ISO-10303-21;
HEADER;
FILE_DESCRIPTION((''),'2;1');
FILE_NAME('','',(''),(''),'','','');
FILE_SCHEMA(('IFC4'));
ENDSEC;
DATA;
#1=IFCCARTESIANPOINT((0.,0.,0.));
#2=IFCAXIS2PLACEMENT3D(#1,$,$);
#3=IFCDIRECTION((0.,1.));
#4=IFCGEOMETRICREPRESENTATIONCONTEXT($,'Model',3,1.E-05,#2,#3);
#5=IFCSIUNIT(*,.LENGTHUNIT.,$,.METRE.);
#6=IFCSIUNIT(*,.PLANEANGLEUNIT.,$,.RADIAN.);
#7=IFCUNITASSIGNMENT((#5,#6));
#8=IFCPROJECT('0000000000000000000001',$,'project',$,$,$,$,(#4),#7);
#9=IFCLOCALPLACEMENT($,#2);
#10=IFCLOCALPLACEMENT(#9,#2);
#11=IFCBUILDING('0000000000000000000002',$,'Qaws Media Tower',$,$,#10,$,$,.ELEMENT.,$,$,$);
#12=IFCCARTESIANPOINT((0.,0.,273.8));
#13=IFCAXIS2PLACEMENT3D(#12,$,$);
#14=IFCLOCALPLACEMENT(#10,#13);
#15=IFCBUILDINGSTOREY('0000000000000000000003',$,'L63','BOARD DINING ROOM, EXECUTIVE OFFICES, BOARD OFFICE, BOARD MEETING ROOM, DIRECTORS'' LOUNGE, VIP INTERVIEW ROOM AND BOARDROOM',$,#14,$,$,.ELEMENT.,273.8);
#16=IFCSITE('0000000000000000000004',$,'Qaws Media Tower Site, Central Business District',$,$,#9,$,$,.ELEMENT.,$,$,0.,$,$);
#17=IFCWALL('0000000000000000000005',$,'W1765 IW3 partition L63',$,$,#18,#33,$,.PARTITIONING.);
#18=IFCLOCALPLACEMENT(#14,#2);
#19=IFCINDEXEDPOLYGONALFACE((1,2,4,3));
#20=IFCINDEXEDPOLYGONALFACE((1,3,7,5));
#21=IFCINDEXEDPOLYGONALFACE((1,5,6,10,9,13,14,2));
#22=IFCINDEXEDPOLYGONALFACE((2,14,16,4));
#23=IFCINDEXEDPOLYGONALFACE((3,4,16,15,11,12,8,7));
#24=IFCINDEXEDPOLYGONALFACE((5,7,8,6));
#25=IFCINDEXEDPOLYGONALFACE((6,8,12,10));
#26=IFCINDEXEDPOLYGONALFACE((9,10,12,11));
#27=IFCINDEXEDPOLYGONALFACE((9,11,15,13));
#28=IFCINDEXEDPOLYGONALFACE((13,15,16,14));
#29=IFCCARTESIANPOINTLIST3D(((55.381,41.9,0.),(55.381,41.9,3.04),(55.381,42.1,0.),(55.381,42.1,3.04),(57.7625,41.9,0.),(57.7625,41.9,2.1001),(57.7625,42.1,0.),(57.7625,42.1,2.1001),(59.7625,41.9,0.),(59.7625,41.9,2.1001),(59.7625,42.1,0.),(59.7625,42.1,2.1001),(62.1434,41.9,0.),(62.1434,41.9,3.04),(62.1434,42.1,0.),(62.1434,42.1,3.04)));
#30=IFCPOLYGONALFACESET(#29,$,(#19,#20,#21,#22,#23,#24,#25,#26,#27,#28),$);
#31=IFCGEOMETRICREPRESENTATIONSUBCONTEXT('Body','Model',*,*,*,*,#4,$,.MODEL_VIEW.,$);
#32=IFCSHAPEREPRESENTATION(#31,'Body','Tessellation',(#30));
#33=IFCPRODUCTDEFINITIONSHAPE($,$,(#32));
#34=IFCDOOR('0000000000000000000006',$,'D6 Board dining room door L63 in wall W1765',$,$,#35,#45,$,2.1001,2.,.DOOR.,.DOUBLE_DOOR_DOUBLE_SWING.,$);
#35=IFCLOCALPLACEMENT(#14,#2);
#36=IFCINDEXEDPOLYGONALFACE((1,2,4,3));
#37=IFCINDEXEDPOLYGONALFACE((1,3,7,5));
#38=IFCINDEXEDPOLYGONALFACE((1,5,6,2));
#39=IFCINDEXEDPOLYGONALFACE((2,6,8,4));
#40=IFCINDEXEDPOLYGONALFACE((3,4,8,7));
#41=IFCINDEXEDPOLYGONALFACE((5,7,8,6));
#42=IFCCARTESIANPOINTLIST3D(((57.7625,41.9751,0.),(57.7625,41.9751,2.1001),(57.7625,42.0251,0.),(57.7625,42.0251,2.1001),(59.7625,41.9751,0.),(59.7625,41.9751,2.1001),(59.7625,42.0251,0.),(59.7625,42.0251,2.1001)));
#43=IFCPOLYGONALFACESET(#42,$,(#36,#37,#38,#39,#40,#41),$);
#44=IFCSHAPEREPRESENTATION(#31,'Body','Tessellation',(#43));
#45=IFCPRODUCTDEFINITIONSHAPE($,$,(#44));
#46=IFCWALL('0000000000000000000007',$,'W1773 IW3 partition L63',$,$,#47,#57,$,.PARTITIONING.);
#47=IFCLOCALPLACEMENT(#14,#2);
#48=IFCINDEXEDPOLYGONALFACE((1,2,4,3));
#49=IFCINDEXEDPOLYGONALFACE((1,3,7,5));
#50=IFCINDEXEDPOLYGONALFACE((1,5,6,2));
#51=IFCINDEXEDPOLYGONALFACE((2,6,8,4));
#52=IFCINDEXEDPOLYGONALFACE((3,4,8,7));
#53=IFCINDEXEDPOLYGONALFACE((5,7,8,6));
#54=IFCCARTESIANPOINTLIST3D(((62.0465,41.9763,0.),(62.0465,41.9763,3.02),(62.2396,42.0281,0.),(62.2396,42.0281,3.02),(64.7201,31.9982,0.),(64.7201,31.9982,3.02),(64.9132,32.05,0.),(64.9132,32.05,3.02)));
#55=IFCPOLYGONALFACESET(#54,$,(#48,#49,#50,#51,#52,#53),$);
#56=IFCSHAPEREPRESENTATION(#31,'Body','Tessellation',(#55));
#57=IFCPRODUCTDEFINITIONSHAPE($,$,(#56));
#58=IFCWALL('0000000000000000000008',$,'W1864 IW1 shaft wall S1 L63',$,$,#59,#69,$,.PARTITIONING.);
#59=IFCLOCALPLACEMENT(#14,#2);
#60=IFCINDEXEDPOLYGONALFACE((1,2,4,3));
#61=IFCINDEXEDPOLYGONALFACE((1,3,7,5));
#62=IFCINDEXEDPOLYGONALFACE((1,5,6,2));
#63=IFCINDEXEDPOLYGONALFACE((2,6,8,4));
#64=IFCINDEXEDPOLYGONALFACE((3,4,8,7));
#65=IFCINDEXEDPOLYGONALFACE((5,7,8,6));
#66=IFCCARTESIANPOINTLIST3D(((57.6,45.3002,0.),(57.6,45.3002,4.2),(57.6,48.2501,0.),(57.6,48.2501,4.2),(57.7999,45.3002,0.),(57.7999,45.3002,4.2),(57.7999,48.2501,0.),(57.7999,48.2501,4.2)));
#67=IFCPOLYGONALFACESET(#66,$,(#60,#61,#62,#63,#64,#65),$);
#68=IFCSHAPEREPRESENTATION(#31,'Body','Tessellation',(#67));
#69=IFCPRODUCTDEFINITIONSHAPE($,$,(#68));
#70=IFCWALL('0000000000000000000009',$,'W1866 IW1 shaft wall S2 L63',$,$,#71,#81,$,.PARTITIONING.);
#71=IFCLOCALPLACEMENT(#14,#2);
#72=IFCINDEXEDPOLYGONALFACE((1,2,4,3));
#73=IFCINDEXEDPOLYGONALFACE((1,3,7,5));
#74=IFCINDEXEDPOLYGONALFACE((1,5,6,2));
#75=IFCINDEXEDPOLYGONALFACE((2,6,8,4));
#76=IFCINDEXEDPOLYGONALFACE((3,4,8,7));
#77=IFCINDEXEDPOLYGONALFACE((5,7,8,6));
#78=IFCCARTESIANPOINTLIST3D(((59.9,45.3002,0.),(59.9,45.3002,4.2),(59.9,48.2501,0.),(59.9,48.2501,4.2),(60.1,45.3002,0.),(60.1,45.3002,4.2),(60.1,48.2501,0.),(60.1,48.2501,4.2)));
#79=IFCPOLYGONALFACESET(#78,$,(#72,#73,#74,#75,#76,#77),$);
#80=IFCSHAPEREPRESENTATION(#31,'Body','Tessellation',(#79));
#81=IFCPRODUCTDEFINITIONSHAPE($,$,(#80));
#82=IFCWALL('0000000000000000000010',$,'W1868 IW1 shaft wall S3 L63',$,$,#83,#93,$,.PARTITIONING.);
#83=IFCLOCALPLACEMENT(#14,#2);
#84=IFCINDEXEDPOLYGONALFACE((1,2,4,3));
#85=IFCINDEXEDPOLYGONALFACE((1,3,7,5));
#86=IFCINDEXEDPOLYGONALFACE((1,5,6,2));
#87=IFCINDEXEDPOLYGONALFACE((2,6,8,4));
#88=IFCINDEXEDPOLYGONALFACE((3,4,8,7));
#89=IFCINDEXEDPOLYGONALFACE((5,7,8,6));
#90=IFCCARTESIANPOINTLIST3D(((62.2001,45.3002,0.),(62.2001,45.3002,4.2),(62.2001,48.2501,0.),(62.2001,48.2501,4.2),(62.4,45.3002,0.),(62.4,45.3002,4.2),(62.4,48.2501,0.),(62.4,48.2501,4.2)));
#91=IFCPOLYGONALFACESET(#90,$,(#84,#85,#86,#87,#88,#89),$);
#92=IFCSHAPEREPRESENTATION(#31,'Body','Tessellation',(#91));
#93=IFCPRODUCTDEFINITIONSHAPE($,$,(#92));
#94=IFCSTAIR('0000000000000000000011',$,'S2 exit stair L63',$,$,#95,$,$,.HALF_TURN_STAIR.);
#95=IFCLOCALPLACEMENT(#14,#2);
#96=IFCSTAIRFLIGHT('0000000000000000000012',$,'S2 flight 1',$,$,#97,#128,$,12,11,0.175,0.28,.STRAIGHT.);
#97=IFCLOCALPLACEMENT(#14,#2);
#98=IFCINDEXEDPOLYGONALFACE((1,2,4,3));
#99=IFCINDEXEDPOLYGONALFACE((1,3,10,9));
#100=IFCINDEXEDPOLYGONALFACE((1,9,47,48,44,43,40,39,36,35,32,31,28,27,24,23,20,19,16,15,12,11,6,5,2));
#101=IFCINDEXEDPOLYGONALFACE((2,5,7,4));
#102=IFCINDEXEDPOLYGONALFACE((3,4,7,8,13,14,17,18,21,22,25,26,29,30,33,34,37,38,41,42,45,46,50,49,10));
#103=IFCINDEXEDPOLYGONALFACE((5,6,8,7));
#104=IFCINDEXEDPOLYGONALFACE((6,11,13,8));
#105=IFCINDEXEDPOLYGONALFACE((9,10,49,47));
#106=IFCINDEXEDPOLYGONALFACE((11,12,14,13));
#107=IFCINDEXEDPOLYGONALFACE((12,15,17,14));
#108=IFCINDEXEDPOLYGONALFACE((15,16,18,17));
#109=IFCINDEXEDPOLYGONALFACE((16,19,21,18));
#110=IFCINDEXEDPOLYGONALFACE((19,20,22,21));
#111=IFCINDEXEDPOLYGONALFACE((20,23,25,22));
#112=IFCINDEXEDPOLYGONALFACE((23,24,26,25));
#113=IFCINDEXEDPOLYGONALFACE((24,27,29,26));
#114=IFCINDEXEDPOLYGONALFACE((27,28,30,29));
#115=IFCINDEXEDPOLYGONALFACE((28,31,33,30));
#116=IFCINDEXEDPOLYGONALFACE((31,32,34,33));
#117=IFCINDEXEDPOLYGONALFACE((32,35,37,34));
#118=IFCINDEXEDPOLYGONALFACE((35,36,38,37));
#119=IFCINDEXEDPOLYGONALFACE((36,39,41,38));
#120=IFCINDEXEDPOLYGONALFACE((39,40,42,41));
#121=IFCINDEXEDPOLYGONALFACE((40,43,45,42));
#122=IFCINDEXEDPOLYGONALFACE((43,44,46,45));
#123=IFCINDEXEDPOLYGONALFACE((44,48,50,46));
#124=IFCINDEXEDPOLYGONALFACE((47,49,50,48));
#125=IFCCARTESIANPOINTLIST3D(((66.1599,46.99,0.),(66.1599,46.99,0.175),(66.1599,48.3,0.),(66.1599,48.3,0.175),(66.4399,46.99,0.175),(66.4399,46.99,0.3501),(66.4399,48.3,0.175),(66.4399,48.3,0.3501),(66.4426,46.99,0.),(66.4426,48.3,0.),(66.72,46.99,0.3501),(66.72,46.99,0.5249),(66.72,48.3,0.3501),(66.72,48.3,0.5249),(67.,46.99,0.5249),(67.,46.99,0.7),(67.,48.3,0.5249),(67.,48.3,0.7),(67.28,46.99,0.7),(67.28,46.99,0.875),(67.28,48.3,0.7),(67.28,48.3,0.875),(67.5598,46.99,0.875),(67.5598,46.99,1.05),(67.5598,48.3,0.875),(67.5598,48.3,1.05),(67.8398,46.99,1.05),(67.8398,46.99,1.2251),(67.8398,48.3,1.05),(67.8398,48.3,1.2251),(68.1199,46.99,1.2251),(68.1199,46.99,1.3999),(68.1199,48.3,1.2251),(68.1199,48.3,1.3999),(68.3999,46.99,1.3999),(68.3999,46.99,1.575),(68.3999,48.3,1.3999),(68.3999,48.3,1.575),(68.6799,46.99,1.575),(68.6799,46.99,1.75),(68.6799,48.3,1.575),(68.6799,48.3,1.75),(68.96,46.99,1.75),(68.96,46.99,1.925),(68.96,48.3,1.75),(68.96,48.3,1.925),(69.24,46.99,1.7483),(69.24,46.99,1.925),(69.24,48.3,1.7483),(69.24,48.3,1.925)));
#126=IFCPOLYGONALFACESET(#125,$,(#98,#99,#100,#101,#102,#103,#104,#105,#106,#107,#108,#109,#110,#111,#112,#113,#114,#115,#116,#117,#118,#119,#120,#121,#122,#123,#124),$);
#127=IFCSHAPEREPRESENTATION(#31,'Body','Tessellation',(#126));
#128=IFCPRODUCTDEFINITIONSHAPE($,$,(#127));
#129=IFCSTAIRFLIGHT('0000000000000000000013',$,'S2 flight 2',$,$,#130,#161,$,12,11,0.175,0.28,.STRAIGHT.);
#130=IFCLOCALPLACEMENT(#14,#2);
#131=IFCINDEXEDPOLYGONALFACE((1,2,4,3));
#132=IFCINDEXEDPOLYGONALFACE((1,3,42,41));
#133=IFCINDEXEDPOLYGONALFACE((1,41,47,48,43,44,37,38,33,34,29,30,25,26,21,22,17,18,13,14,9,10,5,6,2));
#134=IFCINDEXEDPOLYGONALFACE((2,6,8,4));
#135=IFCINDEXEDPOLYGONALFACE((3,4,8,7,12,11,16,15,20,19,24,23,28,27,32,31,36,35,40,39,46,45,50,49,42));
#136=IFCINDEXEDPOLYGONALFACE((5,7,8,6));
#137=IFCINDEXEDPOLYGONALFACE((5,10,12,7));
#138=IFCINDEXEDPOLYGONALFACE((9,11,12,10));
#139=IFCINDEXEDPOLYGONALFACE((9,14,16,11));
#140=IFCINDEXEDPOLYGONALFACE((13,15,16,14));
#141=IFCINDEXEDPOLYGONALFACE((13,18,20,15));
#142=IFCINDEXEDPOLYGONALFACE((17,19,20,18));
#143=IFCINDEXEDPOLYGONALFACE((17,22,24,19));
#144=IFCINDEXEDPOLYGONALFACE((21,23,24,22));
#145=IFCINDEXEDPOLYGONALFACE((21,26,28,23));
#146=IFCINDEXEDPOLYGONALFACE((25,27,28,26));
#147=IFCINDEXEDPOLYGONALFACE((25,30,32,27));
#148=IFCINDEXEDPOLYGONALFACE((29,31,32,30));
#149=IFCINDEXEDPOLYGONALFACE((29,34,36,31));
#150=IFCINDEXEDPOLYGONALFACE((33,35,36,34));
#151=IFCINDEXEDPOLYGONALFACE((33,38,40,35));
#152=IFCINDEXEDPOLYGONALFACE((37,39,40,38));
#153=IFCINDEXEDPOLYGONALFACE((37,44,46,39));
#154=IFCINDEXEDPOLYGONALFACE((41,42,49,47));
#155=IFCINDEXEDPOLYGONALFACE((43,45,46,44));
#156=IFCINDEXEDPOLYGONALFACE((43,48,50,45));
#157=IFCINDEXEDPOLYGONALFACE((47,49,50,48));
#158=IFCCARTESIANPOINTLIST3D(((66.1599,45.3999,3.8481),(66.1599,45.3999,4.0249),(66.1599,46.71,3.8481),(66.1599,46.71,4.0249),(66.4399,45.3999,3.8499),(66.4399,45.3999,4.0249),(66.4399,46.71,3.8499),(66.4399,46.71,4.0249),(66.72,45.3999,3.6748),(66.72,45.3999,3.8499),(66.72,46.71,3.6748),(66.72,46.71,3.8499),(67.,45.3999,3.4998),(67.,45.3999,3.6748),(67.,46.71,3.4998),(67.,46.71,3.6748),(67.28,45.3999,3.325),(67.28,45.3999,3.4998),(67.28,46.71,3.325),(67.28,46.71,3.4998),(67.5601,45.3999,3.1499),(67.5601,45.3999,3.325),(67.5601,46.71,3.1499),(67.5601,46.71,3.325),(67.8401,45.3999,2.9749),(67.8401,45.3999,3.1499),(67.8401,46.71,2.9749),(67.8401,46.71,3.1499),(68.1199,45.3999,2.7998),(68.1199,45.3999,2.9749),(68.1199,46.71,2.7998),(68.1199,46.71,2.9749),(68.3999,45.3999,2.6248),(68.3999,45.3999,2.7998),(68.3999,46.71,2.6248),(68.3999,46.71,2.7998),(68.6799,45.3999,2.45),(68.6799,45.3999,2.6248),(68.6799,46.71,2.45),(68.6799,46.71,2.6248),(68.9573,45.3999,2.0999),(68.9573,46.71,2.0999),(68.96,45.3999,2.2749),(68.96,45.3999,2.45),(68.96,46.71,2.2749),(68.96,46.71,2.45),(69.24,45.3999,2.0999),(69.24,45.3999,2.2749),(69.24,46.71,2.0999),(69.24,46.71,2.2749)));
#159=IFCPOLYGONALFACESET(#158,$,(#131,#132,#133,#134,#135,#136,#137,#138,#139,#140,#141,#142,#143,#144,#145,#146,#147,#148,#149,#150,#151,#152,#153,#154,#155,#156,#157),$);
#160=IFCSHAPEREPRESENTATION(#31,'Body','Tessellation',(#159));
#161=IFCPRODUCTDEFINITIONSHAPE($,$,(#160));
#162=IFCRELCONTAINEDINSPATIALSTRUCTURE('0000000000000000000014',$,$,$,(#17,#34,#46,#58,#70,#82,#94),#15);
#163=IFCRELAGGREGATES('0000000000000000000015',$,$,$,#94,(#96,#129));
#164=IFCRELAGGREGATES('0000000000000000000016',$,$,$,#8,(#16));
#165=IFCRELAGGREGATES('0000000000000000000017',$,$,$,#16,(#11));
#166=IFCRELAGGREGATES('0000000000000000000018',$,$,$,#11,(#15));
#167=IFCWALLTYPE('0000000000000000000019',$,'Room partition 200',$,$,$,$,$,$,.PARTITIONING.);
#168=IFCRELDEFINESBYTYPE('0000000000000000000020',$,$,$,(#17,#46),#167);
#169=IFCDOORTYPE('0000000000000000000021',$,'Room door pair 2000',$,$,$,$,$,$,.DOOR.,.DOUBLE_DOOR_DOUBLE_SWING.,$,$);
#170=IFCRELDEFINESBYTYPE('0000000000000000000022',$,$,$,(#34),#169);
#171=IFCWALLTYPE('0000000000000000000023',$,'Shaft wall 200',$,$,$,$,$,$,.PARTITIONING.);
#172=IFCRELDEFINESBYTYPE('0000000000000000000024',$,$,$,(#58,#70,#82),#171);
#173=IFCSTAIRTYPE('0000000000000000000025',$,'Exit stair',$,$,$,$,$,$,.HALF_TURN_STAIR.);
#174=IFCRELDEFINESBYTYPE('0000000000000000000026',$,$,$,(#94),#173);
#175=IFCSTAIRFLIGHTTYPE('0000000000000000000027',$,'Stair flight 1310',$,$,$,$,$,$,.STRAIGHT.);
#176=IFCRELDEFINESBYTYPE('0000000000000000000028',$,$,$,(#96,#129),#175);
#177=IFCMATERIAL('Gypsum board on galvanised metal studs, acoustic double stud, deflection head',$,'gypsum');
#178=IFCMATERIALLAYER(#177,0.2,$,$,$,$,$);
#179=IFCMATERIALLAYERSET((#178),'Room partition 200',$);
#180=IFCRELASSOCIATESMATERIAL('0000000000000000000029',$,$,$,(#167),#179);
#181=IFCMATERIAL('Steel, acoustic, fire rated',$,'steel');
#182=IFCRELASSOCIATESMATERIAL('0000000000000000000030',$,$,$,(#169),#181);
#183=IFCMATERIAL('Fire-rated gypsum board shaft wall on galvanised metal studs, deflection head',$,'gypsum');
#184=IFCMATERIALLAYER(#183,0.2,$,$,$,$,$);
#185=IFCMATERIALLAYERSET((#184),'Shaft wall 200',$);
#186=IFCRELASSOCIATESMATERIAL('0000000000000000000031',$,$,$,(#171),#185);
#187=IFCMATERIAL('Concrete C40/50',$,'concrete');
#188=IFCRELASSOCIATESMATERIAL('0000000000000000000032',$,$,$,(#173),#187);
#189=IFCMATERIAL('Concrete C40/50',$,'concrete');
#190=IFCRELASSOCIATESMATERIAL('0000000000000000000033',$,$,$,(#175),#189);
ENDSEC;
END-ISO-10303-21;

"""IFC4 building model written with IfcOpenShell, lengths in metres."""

from ifc_helpers import new_model, si_unit, direction, frame, frame_2d, origin, place, context, subcontext, project, spatial, polyline, rectangle, outline, extrude, material, layer, layer_set, type_object, element, fill, aggregate, save


model = new_model("IFC4")

# Units and contexts
model_context = context("Model", 3, precision=1e-05, world=origin(), true_north=direction((0.0, 1.0)))
body_context = subcontext(model_context, "Body", "Model", "MODEL_VIEW")
ifc_project = project(units=[si_unit("LENGTHUNIT", "METRE"), si_unit("PLANEANGLEUNIT", "RADIAN")], contexts=[model_context])

# Site, building, storey
site_placement = place(None, origin())
site = spatial("IfcSite", under=ifc_project, at=site_placement, Name="Qaws Media Tower Site, Central Business District", CompositionType="ELEMENT", RefElevation=0.0)
building_placement = place(site_placement, origin())
building = spatial("IfcBuilding", under=site, at=building_placement, Name="Qaws Media Tower", CompositionType="ELEMENT")
storey_placement = place(building_placement, frame((0.0, 0.0, 273.8)))
storey = spatial("IfcBuildingStorey", under=building, at=storey_placement, Name="L63", Description="BOARD DINING ROOM, EXECUTIVE OFFICES, BOARD OFFICE, BOARD MEETING ROOM, DIRECTORS' LOUNGE, VIP INTERVIEW ROOM AND BOARDROOM", CompositionType="ELEMENT", Elevation=273.8)

# Wall, opening, door
ifc_material_1 = material(Name="Gypsum board on galvanised metal studs, acoustic double stud, deflection head", Category="gypsum")
ifc_layer_1 = layer(ifc_material_1, 0.2)
ifc_layer_set_1 = layer_set([ifc_layer_1], Name="Room partition 200")
wall_type_1 = type_object("IfcWallType", Name="Room partition 200", PredefinedType="PARTITIONING", material=ifc_layer_set_1)
ifc_material_2 = material(Name="Steel, acoustic, fire rated", Category="steel")
door_type_1 = type_object("IfcDoorType", Name="Room door pair 2000", OperationType="DOUBLE_DOOR_DOUBLE_SWING", PredefinedType="DOOR", material=ifc_material_2)
wall_1_placement = place(storey_placement, frame((62.1436, 42.0, 0.0), z_axis=(0.0, 0.0, 1.0), x_axis=(-1.0, 0.0, 0.0)))
wall_1 = element("IfcWall", 1, at=wall_1_placement, inside=storey, type_object=wall_type_1, Name="W1765 IW3 partition L63", PredefinedType="PARTITIONING", context=body_context, shape_type="SweptSolid", body=[
    extrude(rectangle(XDim=6.7625, YDim=0.2, at=frame_2d((3.3813, 0.0))), origin(), (0.0, 0.0, 1.0), 3.04),
])
opening_1_placement = place(wall_1_placement, frame((2.3811, 0.0, 0.0)))
opening_1 = element("IfcOpeningElement", 2, at=opening_1_placement, cuts=wall_1, PredefinedType="OPENING", context=body_context, shape_type="SweptSolid", body=[
    extrude(rectangle(XDim=2.0, YDim=2.1001, at=frame_2d((1.0, 1.05))), frame((0.0, 0.1099, 0.0), z_axis=(0.0, -1.0, 0.0), x_axis=(1.0, 0.0, 0.0)), (0.0, 0.0, 1.0), 0.22),
])
door_1_placement = place(opening_1_placement, origin())
door_1 = element("IfcDoor", 3, at=door_1_placement, inside=storey, type_object=door_type_1, Name="D6 Board dining room door L63 in wall W1765", OperationType="DOUBLE_DOOR_DOUBLE_SWING", OverallHeight=2.1001, OverallWidth=2.0, PredefinedType="DOOR", context=body_context, shape_type="SweptSolid", body=[
    extrude(rectangle(XDim=2.0, YDim=2.1001, at=frame_2d((1.0, 1.05))), frame((0.0, 0.0249, 0.0), z_axis=(0.0, -1.0, 0.0), x_axis=(1.0, 0.0, 0.0)), (0.0, 0.0, 1.0), 0.05),
])
fill(opening_1, door_1)

# Walls
wall_2_placement = place(storey_placement, frame((62.1431, 42.0022, 0.0), z_axis=(0.0, 0.0, 1.0), x_axis=(0.258817, -0.965926, 0.0)))
element("IfcWall", 4, at=wall_2_placement, inside=storey, type_object=wall_type_1, Name="W1773 IW3 partition L63", PredefinedType="PARTITIONING", context=body_context, shape_type="SweptSolid", body=[
    extrude(rectangle(XDim=10.3301, YDim=0.2, at=frame_2d((5.165, 0.0))), origin(), (0.0, 0.0, 1.0), 3.02),
])
ifc_material_3 = material(Name="Fire-rated gypsum board shaft wall on galvanised metal studs, deflection head", Category="gypsum")
ifc_layer_2 = layer(ifc_material_3, 0.2)
ifc_layer_set_2 = layer_set([ifc_layer_2], Name="Shaft wall 200")
wall_type_2 = type_object("IfcWallType", Name="Shaft wall 200", PredefinedType="PARTITIONING", material=ifc_layer_set_2)
for number, where, z_axis, x_axis, name in (
    (5, (57.7, 45.3, 0.0), (0.0, 0.0, 1.0), (0.0, 1.0, 0.0), "W1864 IW1 shaft wall S1 L63"),
    (6, (60.0, 45.3, 0.0), (0.0, 0.0, 1.0), (0.0, 1.0, 0.0), "W1866 IW1 shaft wall S2 L63"),
    (7, (62.3, 45.3, 0.0), (0.0, 0.0, 1.0), (0.0, 1.0, 0.0), "W1868 IW1 shaft wall S3 L63"),
):
    element("IfcWall", number, at=place(storey_placement, frame(where, z_axis=z_axis, x_axis=x_axis)), inside=storey, type_object=wall_type_2, Name=name, PredefinedType="PARTITIONING", context=body_context, shape_type="SweptSolid", body=[
        extrude(rectangle(XDim=2.95, YDim=0.2, at=frame_2d((1.4751, 0.0))), origin(), (0.0, 0.0, 1.0), 4.2),
    ])

# Stair, stair flights
ifc_material_4 = material(Name="Concrete C40/50", Category="concrete")
stair_type = type_object("IfcStairType", Name="Exit stair", PredefinedType="HALF_TURN_STAIR", material=ifc_material_4)
stair_placement = place(storey_placement, origin())
stair = element("IfcStair", 8, at=stair_placement, inside=storey, type_object=stair_type, Name="S2 exit stair L63", PredefinedType="HALF_TURN_STAIR")
ifc_material_5 = material(Name="Concrete C40/50", Category="concrete")
stair_flight_type = type_object("IfcStairFlightType", Name="Stair flight 1310", PredefinedType="STRAIGHT", material=ifc_material_5)
stair_flight_1_placement = place(storey_placement, frame((66.1599, 47.645, 0.0), z_axis=(0.0, 0.0, 1.0), x_axis=(1.0, 0.0, 0.0)))
stair_flight_1 = element("IfcStairFlight", 9, at=stair_flight_1_placement, type_object=stair_flight_type, Name="S2 flight 1", NumberOfRisers=12, NumberOfTreads=11, PredefinedType="STRAIGHT", RiserHeight=0.175, TreadLength=0.28, context=body_context, shape_type="SweptSolid", body=[
    extrude(outline(polyline([(0.0, 0.0), (0.0, 0.175), (0.28, 0.175), (0.28, 0.3501), (0.5601, 0.3501), (0.5601, 0.5249), (0.8401, 0.5249), (0.8401, 0.7), (1.1201, 0.7), (1.1201, 0.875), (1.3999, 0.875), (1.3999, 1.05), (1.6799, 1.05), (1.6799, 1.2251), (1.96, 1.2251), (1.96, 1.3999), (2.24, 1.3999), (2.24, 1.575), (2.52, 1.575), (2.52, 1.75), (2.8, 1.75), (2.8, 1.925), (3.0801, 1.925), (3.0801, 2.1001), (3.0801, 1.7483), (0.2827, 0.0), (0.0, 0.0)])), frame((0.0, 0.655, 0.0), z_axis=(0.0, -1.0, 0.0), x_axis=(1.0, 0.0, 0.0)), (0.0, 0.0, 1.0), 1.3101),
])
stair_flight_2_placement = place(storey_placement, frame((69.24, 46.0549, 2.0999), z_axis=(0.0, 0.0, 1.0), x_axis=(-1.0, 0.0, 0.0)))
stair_flight_2 = element("IfcStairFlight", 10, at=stair_flight_2_placement, type_object=stair_flight_type, Name="S2 flight 2", NumberOfRisers=12, NumberOfTreads=11, PredefinedType="STRAIGHT", RiserHeight=0.175, TreadLength=0.28, context=body_context, shape_type="SweptSolid", body=[
    extrude(outline(polyline([(0.0, 0.0), (0.0, 0.175), (0.28, 0.175), (0.28, 0.3501), (0.5601, 0.3501), (0.5601, 0.5249), (0.8401, 0.5249), (0.8401, 0.7), (1.1201, 0.7), (1.1201, 0.875), (1.3999, 0.875), (1.3999, 1.05), (1.6799, 1.05), (1.6799, 1.2251), (1.96, 1.2251), (1.96, 1.3999), (2.24, 1.3999), (2.24, 1.575), (2.52, 1.575), (2.52, 1.75), (2.8, 1.75), (2.8, 1.925), (3.0801, 1.925), (3.0801, 2.1001), (3.0801, 1.7483), (0.2827, 0.0), (0.0, 0.0)])), frame((0.0, 0.655, 0.0), z_axis=(0.0, -1.0, 0.0), x_axis=(1.0, 0.0, 0.0)), (0.0, 0.0, 1.0), 1.3101),
])
aggregate(stair, [stair_flight_1, stair_flight_2])

save(model, "model.ifc")
